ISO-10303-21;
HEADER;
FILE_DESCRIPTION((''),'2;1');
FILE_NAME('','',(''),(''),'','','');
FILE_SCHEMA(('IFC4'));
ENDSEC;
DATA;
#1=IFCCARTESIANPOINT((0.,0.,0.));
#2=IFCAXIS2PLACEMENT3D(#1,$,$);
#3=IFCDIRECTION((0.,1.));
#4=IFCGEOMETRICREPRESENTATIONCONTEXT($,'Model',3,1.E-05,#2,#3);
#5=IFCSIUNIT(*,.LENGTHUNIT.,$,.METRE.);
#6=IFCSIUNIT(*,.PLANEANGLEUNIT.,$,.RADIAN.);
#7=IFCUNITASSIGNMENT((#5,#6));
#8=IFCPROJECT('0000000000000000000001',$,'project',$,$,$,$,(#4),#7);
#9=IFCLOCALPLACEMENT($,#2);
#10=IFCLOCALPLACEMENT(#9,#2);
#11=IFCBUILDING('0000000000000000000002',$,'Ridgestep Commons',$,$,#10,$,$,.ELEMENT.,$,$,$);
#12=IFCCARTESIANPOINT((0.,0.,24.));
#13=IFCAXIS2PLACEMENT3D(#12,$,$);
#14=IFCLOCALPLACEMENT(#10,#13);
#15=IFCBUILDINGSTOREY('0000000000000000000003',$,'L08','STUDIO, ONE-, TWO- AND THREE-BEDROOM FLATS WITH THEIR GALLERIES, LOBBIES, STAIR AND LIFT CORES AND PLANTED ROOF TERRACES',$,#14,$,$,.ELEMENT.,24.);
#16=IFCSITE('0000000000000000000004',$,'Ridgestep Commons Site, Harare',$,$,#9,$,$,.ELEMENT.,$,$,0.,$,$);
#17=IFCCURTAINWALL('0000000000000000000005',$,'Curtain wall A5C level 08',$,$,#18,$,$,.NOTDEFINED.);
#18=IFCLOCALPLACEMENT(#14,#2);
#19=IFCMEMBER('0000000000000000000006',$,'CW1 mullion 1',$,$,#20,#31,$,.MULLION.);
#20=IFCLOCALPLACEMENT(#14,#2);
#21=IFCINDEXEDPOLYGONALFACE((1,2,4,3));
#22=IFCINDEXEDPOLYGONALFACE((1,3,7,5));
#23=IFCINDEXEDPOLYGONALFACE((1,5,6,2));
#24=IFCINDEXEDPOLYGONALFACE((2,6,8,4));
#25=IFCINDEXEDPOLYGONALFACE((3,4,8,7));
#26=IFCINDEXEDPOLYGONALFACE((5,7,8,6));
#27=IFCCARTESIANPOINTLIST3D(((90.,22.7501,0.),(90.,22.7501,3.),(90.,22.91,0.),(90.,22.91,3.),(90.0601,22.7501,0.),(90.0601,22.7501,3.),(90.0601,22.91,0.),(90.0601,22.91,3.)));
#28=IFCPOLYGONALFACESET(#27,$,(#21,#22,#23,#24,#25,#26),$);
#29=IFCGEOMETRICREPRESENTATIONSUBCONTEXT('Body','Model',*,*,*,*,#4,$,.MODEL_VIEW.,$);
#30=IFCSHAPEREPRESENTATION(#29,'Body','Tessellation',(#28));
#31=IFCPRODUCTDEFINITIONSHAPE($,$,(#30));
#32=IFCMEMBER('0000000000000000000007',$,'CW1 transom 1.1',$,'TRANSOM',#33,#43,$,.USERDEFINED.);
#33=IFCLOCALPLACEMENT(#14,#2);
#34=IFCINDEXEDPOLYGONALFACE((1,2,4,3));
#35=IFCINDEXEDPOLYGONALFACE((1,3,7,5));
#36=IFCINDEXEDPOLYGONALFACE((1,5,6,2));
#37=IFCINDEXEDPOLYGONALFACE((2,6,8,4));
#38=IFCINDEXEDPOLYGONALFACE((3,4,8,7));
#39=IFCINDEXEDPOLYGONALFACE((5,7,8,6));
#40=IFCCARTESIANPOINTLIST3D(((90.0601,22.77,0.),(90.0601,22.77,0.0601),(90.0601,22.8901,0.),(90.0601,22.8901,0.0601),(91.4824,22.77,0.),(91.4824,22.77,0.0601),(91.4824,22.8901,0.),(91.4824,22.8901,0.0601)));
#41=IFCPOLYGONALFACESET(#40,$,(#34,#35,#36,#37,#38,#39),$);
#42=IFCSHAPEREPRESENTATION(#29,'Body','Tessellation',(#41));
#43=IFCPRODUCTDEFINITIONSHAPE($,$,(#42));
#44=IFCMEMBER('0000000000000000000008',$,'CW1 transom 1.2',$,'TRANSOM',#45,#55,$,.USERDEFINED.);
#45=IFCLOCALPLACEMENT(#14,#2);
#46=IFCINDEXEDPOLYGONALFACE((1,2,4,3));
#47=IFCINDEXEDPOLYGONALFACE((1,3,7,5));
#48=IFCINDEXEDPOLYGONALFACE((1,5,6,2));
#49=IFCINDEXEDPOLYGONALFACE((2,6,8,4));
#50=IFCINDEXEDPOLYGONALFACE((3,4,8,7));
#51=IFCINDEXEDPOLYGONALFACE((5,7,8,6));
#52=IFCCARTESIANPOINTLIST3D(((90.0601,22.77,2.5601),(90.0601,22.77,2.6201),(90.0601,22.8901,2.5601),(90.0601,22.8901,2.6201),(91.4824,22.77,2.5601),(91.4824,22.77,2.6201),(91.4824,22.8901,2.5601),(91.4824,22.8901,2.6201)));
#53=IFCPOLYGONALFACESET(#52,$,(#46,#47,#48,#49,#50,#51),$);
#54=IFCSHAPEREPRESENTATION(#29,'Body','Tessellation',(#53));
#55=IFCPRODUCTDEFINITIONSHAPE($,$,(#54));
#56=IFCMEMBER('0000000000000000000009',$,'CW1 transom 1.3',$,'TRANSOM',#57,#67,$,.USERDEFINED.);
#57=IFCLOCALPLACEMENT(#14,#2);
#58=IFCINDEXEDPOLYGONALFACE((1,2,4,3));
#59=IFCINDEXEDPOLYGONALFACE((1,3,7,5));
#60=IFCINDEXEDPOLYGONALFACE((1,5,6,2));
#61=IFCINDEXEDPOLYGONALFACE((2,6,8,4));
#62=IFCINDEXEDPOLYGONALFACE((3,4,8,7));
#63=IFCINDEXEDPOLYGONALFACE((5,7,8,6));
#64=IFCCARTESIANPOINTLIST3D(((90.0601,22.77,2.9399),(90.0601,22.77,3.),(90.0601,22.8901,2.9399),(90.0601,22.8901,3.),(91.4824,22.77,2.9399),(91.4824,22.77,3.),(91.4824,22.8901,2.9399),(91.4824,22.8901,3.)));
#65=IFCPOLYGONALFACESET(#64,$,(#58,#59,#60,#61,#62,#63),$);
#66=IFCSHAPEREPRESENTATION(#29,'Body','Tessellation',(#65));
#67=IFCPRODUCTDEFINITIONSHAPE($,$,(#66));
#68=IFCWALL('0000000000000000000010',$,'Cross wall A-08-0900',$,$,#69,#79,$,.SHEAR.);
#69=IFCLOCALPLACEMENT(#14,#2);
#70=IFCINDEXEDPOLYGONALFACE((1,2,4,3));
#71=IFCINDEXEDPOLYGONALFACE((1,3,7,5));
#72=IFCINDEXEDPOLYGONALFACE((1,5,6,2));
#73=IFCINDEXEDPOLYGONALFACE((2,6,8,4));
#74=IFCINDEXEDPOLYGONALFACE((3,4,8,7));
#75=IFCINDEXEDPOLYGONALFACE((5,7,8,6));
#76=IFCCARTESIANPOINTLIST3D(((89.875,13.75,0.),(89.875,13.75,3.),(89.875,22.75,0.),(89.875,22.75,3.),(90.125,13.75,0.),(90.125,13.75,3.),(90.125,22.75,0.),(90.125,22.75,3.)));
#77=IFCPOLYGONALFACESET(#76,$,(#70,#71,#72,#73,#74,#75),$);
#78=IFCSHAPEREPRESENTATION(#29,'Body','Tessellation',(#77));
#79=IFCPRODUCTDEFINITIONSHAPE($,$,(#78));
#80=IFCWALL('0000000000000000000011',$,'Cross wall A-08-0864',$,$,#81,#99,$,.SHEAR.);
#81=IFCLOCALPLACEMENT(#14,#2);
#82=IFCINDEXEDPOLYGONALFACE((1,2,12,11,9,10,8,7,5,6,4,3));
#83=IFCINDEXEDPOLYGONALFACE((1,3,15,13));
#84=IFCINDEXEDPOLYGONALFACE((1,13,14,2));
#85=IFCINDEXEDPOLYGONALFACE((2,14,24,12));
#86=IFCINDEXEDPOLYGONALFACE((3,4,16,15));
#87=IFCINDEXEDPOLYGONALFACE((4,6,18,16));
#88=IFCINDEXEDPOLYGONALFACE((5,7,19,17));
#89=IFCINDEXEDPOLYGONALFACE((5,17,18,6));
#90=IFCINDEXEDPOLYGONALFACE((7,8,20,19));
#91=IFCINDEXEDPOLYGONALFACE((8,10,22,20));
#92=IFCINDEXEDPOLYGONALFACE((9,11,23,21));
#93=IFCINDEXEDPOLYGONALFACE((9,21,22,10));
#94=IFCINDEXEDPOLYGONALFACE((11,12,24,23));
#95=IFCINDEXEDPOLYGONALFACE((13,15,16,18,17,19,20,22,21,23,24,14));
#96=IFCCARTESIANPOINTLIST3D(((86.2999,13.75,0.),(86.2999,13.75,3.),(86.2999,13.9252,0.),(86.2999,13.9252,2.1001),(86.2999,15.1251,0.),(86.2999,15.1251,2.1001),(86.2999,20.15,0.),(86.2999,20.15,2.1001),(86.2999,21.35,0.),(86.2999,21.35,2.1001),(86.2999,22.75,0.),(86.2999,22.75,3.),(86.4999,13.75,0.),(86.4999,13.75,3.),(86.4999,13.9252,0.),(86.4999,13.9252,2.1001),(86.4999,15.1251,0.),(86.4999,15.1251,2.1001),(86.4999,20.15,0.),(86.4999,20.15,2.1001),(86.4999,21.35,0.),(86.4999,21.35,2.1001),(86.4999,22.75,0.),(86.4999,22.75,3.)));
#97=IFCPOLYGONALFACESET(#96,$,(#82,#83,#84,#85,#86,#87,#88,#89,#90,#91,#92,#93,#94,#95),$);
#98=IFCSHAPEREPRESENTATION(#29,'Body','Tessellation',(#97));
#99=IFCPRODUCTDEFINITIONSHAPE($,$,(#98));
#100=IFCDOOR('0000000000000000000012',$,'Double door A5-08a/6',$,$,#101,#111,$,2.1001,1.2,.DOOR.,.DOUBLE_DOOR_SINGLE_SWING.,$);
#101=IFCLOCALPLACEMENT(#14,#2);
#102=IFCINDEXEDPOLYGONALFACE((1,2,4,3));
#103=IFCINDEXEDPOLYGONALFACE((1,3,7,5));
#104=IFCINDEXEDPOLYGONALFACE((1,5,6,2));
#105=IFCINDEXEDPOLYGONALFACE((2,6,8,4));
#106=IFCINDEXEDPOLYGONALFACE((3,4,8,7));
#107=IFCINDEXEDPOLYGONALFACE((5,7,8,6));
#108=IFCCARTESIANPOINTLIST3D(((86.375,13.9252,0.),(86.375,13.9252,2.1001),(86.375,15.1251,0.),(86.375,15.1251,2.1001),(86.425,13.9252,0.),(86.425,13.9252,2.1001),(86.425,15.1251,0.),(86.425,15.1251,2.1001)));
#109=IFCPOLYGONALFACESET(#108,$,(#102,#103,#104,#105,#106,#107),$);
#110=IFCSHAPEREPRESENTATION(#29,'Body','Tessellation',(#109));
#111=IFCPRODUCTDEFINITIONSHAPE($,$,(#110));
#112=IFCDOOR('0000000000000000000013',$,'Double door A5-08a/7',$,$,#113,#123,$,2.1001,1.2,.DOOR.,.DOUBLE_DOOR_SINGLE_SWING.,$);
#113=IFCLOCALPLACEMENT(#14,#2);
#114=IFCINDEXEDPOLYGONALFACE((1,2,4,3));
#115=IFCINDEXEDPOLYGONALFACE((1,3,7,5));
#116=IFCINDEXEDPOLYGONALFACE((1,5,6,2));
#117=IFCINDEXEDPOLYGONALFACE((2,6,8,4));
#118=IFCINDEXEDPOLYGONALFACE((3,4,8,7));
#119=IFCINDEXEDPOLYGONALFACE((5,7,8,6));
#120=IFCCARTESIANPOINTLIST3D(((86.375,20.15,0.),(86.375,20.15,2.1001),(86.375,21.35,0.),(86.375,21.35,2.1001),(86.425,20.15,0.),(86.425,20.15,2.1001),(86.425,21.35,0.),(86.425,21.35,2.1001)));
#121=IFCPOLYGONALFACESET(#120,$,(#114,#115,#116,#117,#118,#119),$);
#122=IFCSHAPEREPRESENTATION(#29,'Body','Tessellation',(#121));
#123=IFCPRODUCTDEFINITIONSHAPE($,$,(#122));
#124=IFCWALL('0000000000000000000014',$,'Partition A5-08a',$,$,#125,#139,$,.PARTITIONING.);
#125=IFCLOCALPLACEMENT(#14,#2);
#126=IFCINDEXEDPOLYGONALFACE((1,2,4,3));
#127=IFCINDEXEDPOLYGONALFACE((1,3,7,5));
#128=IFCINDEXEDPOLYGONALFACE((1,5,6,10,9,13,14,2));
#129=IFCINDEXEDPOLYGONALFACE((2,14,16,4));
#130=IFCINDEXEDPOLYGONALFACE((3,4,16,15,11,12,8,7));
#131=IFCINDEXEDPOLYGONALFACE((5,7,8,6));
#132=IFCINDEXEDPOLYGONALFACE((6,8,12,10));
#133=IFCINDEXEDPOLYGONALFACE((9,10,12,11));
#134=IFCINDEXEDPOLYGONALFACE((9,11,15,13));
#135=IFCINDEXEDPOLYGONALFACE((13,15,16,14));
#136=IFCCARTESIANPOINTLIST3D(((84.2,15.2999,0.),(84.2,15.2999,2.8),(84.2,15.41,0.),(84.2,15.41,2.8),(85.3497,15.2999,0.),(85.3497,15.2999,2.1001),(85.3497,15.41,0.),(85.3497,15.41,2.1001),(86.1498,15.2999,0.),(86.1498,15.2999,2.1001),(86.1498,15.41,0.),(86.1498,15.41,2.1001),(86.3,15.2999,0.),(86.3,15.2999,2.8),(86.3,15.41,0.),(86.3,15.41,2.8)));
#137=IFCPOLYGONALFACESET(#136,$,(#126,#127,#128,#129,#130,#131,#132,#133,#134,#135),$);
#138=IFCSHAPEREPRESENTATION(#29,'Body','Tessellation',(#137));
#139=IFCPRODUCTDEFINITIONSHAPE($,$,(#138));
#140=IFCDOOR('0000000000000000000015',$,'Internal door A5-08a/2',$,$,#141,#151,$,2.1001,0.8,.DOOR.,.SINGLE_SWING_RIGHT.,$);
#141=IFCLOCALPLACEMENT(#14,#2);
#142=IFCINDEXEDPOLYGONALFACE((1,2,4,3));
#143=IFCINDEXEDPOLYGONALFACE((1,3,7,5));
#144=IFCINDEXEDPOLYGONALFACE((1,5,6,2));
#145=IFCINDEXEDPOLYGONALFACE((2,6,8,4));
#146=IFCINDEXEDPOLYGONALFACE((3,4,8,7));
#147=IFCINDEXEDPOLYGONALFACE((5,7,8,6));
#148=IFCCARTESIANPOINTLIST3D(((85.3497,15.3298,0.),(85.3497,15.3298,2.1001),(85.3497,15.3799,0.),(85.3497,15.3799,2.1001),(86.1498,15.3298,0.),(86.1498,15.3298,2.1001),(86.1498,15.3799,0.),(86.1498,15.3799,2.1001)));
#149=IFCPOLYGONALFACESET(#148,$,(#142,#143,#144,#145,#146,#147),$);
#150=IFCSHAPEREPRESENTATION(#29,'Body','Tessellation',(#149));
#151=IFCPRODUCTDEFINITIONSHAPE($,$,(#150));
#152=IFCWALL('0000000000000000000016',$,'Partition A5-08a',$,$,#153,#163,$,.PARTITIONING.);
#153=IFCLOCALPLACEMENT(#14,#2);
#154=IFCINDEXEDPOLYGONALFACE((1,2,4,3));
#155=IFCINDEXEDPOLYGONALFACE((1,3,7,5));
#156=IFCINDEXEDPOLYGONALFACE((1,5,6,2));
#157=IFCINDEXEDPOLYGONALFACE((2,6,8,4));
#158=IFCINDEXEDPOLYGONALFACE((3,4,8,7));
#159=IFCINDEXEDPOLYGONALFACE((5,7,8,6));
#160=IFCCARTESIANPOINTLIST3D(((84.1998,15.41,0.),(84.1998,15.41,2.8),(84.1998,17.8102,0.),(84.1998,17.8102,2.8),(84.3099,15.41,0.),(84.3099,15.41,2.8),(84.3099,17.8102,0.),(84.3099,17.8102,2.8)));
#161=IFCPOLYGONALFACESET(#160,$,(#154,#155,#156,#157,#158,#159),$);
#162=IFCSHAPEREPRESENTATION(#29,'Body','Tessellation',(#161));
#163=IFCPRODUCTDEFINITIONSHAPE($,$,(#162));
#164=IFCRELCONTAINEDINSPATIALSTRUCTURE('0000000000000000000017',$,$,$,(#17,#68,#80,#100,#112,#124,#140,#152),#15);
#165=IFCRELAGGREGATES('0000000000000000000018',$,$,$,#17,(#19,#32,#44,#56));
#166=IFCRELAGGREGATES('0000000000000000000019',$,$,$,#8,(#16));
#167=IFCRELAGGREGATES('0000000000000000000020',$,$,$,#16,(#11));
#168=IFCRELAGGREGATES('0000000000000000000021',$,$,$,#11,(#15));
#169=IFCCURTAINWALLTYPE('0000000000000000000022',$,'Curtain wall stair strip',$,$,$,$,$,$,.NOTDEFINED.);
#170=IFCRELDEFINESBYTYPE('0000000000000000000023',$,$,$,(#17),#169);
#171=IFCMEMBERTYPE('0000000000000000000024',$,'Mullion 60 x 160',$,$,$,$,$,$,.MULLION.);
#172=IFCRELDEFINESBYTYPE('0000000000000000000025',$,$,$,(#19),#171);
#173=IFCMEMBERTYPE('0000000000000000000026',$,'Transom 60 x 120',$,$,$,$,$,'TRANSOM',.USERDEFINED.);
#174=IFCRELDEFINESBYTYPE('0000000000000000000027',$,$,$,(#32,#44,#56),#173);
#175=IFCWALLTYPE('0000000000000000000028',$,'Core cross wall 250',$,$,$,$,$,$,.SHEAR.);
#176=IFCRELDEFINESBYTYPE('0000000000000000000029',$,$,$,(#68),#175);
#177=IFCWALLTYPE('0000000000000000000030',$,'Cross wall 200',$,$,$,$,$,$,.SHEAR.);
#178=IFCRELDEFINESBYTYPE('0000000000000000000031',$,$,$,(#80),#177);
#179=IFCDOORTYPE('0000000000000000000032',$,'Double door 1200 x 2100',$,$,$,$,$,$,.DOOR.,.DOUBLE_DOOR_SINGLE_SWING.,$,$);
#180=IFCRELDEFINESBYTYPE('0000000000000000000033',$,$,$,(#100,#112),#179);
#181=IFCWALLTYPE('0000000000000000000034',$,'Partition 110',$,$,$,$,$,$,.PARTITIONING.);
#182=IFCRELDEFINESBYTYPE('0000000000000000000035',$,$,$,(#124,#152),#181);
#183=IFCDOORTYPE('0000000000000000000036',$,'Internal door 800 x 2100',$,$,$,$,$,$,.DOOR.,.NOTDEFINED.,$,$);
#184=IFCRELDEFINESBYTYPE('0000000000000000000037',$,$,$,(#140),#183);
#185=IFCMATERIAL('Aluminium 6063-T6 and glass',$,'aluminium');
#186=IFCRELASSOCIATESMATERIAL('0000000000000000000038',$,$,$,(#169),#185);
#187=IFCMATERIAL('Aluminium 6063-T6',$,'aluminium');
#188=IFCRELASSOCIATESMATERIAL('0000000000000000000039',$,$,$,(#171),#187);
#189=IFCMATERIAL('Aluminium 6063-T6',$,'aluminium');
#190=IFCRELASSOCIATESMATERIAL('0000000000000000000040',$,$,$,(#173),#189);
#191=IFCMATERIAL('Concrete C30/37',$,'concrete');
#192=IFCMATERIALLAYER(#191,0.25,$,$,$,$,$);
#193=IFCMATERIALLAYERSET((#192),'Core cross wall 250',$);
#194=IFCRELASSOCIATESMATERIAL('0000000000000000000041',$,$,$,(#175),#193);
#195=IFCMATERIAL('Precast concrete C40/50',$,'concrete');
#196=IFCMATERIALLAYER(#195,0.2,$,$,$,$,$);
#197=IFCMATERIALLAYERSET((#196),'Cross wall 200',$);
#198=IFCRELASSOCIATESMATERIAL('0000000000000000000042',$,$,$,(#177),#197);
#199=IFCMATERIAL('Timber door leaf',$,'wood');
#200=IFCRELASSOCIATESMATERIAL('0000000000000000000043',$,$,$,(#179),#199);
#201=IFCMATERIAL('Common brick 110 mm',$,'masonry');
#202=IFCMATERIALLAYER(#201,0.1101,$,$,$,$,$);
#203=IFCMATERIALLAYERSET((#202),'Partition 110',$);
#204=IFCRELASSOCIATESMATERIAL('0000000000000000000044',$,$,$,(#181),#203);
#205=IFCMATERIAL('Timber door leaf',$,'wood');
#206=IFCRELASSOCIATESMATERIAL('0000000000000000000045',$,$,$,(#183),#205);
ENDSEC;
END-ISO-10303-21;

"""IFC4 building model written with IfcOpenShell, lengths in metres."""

from ifc_helpers import new_model, si_unit, direction, frame, frame_2d, origin, origin_2d, place, context, subcontext, project, spatial, rectangle, extrude, material, layer, layer_set, material_profile, profile_set, type_object, element, fill, aggregate, save


model = new_model("IFC4")

# Units and contexts
model_context = context("Model", 3, precision=1e-05, world=origin(), true_north=direction((0.0, 1.0)))
body_context = subcontext(model_context, "Body", "Model", "MODEL_VIEW")
ifc_project = project(units=[si_unit("LENGTHUNIT", "METRE"), si_unit("PLANEANGLEUNIT", "RADIAN")], contexts=[model_context])

# Site, building, storey
site_placement = place(None, origin())
site = spatial("IfcSite", under=ifc_project, at=site_placement, Name="Ridgestep Commons Site, Harare", CompositionType="ELEMENT", RefElevation=0.0)
building_placement = place(site_placement, origin())
building = spatial("IfcBuilding", under=site, at=building_placement, Name="Ridgestep Commons", CompositionType="ELEMENT")
storey_placement = place(building_placement, frame((0.0, 0.0, 24.0)))
storey = spatial("IfcBuildingStorey", under=building, at=storey_placement, Name="L08", Description="STUDIO, ONE-, TWO- AND THREE-BEDROOM FLATS WITH THEIR GALLERIES, LOBBIES, STAIR AND LIFT CORES AND PLANTED ROOF TERRACES", CompositionType="ELEMENT", Elevation=24.0)

# Curtain wall, members
ifc_material_1 = material(Name="Aluminium 6063-T6 and glass", Category="aluminium")
curtain_wall_type = type_object("IfcCurtainWallType", Name="Curtain wall stair strip", PredefinedType="NOTDEFINED", material=ifc_material_1)
curtain_wall_placement = place(storey_placement, origin())
curtain_wall = element("IfcCurtainWall", 1, at=curtain_wall_placement, inside=storey, type_object=curtain_wall_type, Name="Curtain wall A5C level 08", PredefinedType="NOTDEFINED")
ifc_material_2 = material(Name="Aluminium 6063-T6", Category="aluminium")
ifc_material_profile_1 = material_profile(ifc_material_2, rectangle(XDim=0.1599, YDim=0.0601, at=origin_2d()), Name="Mullion 60 x 160")
ifc_profile_set_1 = profile_set([ifc_material_profile_1], Name="Aluminium 6063-T6")
member_type_1 = type_object("IfcMemberType", Name="Mullion 60 x 160", PredefinedType="MULLION", material=ifc_profile_set_1)
member_1_placement = place(storey_placement, frame((90.03, 22.8301, 0.0), z_axis=(0.0, 0.0, 1.0), x_axis=(0.0, 1.0, 0.0)))
member_1 = element("IfcMember", 2, at=member_1_placement, type_object=member_type_1, Name="CW1 mullion 1", PredefinedType="MULLION", context=body_context, shape_type="SweptSolid", body=[
    extrude(rectangle(XDim=0.1599, YDim=0.0601, at=origin_2d()), origin(), (0.0, 0.0, 1.0), 3.0),
])
ifc_material_3 = material(Name="Aluminium 6063-T6", Category="aluminium")
ifc_material_profile_2 = material_profile(ifc_material_3, rectangle(XDim=0.1201, YDim=0.0601, at=origin_2d()), Name="Transom 60 x 120")
ifc_profile_set_2 = profile_set([ifc_material_profile_2], Name="Aluminium 6063-T6")
member_type_2 = type_object("IfcMemberType", Name="Transom 60 x 120", ElementType="TRANSOM", PredefinedType="USERDEFINED", material=ifc_profile_set_2)
member_2_placement = place(storey_placement, frame((90.0601, 22.8301, 0.03), z_axis=(1.0, 0.0, 0.0), x_axis=(0.0, 1.0, 0.0)))
member_2 = element("IfcMember", 3, at=member_2_placement, type_object=member_type_2, Name="CW1 transom 1.1", ObjectType="TRANSOM", PredefinedType="USERDEFINED", context=body_context, shape_type="SweptSolid", body=[
    extrude(rectangle(XDim=0.1201, YDim=0.0601, at=origin_2d()), origin(), (0.0, 0.0, 1.0), 1.4224),
])
member_3_placement = place(storey_placement, frame((90.0601, 22.8301, 2.5901), z_axis=(1.0, 0.0, 0.0), x_axis=(0.0, 1.0, 0.0)))
member_3 = element("IfcMember", 4, at=member_3_placement, type_object=member_type_2, Name="CW1 transom 1.2", ObjectType="TRANSOM", PredefinedType="USERDEFINED", context=body_context, shape_type="SweptSolid", body=[
    extrude(rectangle(XDim=0.1201, YDim=0.0601, at=origin_2d()), origin(), (0.0, 0.0, 1.0), 1.4224),
])
member_4_placement = place(storey_placement, frame((90.0601, 22.8301, 2.97), z_axis=(1.0, 0.0, 0.0), x_axis=(0.0, 1.0, 0.0)))
member_4 = element("IfcMember", 5, at=member_4_placement, type_object=member_type_2, Name="CW1 transom 1.3", ObjectType="TRANSOM", PredefinedType="USERDEFINED", context=body_context, shape_type="SweptSolid", body=[
    extrude(rectangle(XDim=0.1201, YDim=0.0601, at=origin_2d()), origin(), (0.0, 0.0, 1.0), 1.4224),
])
aggregate(curtain_wall, [member_1, member_2, member_3, member_4])

# Wall
ifc_material_4 = material(Name="Concrete C30/37", Category="concrete")
ifc_layer_1 = layer(ifc_material_4, 0.25)
ifc_layer_set_1 = layer_set([ifc_layer_1], Name="Core cross wall 250")
wall_type_1 = type_object("IfcWallType", Name="Core cross wall 250", PredefinedType="SHEAR", material=ifc_layer_set_1)
wall_1_placement = place(storey_placement, frame((90.0, 13.75, 0.0), z_axis=(0.0, 0.0, 1.0), x_axis=(0.0, 1.0, 0.0)))
element("IfcWall", 6, at=wall_1_placement, inside=storey, type_object=wall_type_1, Name="Cross wall A-08-0900", PredefinedType="SHEAR", context=body_context, shape_type="SweptSolid", body=[
    extrude(rectangle(XDim=9.0, YDim=0.25, at=frame_2d((4.5, 0.0))), origin(), (0.0, 0.0, 1.0), 3.0),
])

# Wall, openings, doors
ifc_material_5 = material(Name="Precast concrete C40/50", Category="concrete")
ifc_layer_2 = layer(ifc_material_5, 0.2)
ifc_layer_set_2 = layer_set([ifc_layer_2], Name="Cross wall 200")
wall_type_2 = type_object("IfcWallType", Name="Cross wall 200", PredefinedType="SHEAR", material=ifc_layer_set_2)
wall_2_placement = place(storey_placement, frame((86.3999, 13.75, 0.0), z_axis=(0.0, 0.0, 1.0), x_axis=(0.0, 1.0, 0.0)))
wall_2 = element("IfcWall", 7, at=wall_2_placement, inside=storey, type_object=wall_type_2, Name="Cross wall A-08-0864", PredefinedType="SHEAR", context=body_context, shape_type="SweptSolid", body=[
    extrude(rectangle(XDim=9.0, YDim=0.2, at=frame_2d((4.5, 0.0))), origin(), (0.0, 0.0, 1.0), 3.0),
])
opening_1_placement = place(wall_2_placement, frame((0.175, 0.0, 0.0)))
opening_1 = element("IfcOpeningElement", 8, at=opening_1_placement, cuts=wall_2, PredefinedType="OPENING", context=body_context, shape_type="SweptSolid", body=[
    extrude(rectangle(XDim=1.2, YDim=2.1001, at=frame_2d((0.6001, 1.05))), frame((0.0, 0.1099, 0.0), z_axis=(0.0, -1.0, 0.0), x_axis=(1.0, 0.0, 0.0)), (0.0, 0.0, 1.0), 0.22),
])
opening_2_placement = place(wall_2_placement, frame((6.3999, 0.0, 0.0)))
opening_2 = element("IfcOpeningElement", 9, at=opening_2_placement, cuts=wall_2, PredefinedType="OPENING", context=body_context, shape_type="SweptSolid", body=[
    extrude(rectangle(XDim=1.2, YDim=2.1001, at=frame_2d((0.6001, 1.05))), frame((0.0, 0.1099, 0.0), z_axis=(0.0, -1.0, 0.0), x_axis=(1.0, 0.0, 0.0)), (0.0, 0.0, 1.0), 0.22),
])
ifc_material_6 = material(Name="Timber door leaf", Category="wood")
door_type_1 = type_object("IfcDoorType", Name="Double door 1200 x 2100", OperationType="DOUBLE_DOOR_SINGLE_SWING", PredefinedType="DOOR", material=ifc_material_6)
door_1_placement = place(opening_1_placement, origin())
door_1 = element("IfcDoor", 10, at=door_1_placement, inside=storey, type_object=door_type_1, Name="Double door A5-08a/6", OperationType="DOUBLE_DOOR_SINGLE_SWING", OverallHeight=2.1001, OverallWidth=1.2, PredefinedType="DOOR", context=body_context, shape_type="SweptSolid", body=[
    extrude(rectangle(XDim=1.2, YDim=2.1001, at=frame_2d((0.6001, 1.05))), frame((0.0, 0.0249, 0.0), z_axis=(0.0, -1.0, 0.0), x_axis=(1.0, 0.0, 0.0)), (0.0, 0.0, 1.0), 0.05),
])
fill(opening_1, door_1)
door_2_placement = place(opening_2_placement, origin())
door_2 = element("IfcDoor", 11, at=door_2_placement, inside=storey, type_object=door_type_1, Name="Double door A5-08a/7", OperationType="DOUBLE_DOOR_SINGLE_SWING", OverallHeight=2.1001, OverallWidth=1.2, PredefinedType="DOOR", context=body_context, shape_type="SweptSolid", body=[
    extrude(rectangle(XDim=1.2, YDim=2.1001, at=frame_2d((0.6001, 1.05))), frame((0.0, 0.0249, 0.0), z_axis=(0.0, -1.0, 0.0), x_axis=(1.0, 0.0, 0.0)), (0.0, 0.0, 1.0), 0.05),
])
fill(opening_2, door_2)

# Wall, opening, door
ifc_material_7 = material(Name="Common brick 110 mm", Category="masonry")
ifc_layer_3 = layer(ifc_material_7, 0.1101)
ifc_layer_set_3 = layer_set([ifc_layer_3], Name="Partition 110")
wall_type_3 = type_object("IfcWallType", Name="Partition 110", PredefinedType="PARTITIONING", material=ifc_layer_set_3)
wall_3_placement = place(storey_placement, frame((84.2, 15.355, 0.0), z_axis=(0.0, 0.0, 1.0), x_axis=(1.0, 0.0, 0.0)))
wall_3 = element("IfcWall", 12, at=wall_3_placement, inside=storey, type_object=wall_type_3, Name="Partition A5-08a", PredefinedType="PARTITIONING", context=body_context, shape_type="SweptSolid", body=[
    extrude(rectangle(XDim=2.1001, YDim=0.1101, at=frame_2d((1.05, 0.0))), origin(), (0.0, 0.0, 1.0), 2.8),
])
opening_3_placement = place(wall_3_placement, frame((1.1499, 0.0, 0.0)))
opening_3 = element("IfcOpeningElement", 13, at=opening_3_placement, cuts=wall_3, PredefinedType="OPENING", context=body_context, shape_type="SweptSolid", body=[
    extrude(rectangle(XDim=0.8, YDim=2.1001, at=frame_2d((0.3999, 1.05))), frame((0.0, 0.0649, 0.0), z_axis=(0.0, -1.0, 0.0), x_axis=(1.0, 0.0, 0.0)), (0.0, 0.0, 1.0), 0.1301),
])
ifc_material_8 = material(Name="Timber door leaf", Category="wood")
door_type_2 = type_object("IfcDoorType", Name="Internal door 800 x 2100", OperationType="NOTDEFINED", PredefinedType="DOOR", material=ifc_material_8)
door_3_placement = place(opening_3_placement, origin())
door_3 = element("IfcDoor", 14, at=door_3_placement, inside=storey, type_object=door_type_2, Name="Internal door A5-08a/2", OperationType="SINGLE_SWING_RIGHT", OverallHeight=2.1001, OverallWidth=0.8, PredefinedType="DOOR", context=body_context, shape_type="SweptSolid", body=[
    extrude(rectangle(XDim=0.8, YDim=2.1001, at=frame_2d((0.3999, 1.05))), frame((0.0, 0.0249, 0.0), z_axis=(0.0, -1.0, 0.0), x_axis=(1.0, 0.0, 0.0)), (0.0, 0.0, 1.0), 0.05),
])
fill(opening_3, door_3)

# Wall
wall_4_placement = place(storey_placement, frame((84.2549, 15.4099, 0.0), z_axis=(0.0, 0.0, 1.0), x_axis=(0.0, 1.0, 0.0)))
element("IfcWall", 15, at=wall_4_placement, inside=storey, type_object=wall_type_3, Name="Partition A5-08a", PredefinedType="PARTITIONING", context=body_context, shape_type="SweptSolid", body=[
    extrude(rectangle(XDim=2.4001, YDim=0.1101, at=frame_2d((1.2002, 0.0))), origin(), (0.0, 0.0, 1.0), 2.8),
])

save(model, "model.ifc")
